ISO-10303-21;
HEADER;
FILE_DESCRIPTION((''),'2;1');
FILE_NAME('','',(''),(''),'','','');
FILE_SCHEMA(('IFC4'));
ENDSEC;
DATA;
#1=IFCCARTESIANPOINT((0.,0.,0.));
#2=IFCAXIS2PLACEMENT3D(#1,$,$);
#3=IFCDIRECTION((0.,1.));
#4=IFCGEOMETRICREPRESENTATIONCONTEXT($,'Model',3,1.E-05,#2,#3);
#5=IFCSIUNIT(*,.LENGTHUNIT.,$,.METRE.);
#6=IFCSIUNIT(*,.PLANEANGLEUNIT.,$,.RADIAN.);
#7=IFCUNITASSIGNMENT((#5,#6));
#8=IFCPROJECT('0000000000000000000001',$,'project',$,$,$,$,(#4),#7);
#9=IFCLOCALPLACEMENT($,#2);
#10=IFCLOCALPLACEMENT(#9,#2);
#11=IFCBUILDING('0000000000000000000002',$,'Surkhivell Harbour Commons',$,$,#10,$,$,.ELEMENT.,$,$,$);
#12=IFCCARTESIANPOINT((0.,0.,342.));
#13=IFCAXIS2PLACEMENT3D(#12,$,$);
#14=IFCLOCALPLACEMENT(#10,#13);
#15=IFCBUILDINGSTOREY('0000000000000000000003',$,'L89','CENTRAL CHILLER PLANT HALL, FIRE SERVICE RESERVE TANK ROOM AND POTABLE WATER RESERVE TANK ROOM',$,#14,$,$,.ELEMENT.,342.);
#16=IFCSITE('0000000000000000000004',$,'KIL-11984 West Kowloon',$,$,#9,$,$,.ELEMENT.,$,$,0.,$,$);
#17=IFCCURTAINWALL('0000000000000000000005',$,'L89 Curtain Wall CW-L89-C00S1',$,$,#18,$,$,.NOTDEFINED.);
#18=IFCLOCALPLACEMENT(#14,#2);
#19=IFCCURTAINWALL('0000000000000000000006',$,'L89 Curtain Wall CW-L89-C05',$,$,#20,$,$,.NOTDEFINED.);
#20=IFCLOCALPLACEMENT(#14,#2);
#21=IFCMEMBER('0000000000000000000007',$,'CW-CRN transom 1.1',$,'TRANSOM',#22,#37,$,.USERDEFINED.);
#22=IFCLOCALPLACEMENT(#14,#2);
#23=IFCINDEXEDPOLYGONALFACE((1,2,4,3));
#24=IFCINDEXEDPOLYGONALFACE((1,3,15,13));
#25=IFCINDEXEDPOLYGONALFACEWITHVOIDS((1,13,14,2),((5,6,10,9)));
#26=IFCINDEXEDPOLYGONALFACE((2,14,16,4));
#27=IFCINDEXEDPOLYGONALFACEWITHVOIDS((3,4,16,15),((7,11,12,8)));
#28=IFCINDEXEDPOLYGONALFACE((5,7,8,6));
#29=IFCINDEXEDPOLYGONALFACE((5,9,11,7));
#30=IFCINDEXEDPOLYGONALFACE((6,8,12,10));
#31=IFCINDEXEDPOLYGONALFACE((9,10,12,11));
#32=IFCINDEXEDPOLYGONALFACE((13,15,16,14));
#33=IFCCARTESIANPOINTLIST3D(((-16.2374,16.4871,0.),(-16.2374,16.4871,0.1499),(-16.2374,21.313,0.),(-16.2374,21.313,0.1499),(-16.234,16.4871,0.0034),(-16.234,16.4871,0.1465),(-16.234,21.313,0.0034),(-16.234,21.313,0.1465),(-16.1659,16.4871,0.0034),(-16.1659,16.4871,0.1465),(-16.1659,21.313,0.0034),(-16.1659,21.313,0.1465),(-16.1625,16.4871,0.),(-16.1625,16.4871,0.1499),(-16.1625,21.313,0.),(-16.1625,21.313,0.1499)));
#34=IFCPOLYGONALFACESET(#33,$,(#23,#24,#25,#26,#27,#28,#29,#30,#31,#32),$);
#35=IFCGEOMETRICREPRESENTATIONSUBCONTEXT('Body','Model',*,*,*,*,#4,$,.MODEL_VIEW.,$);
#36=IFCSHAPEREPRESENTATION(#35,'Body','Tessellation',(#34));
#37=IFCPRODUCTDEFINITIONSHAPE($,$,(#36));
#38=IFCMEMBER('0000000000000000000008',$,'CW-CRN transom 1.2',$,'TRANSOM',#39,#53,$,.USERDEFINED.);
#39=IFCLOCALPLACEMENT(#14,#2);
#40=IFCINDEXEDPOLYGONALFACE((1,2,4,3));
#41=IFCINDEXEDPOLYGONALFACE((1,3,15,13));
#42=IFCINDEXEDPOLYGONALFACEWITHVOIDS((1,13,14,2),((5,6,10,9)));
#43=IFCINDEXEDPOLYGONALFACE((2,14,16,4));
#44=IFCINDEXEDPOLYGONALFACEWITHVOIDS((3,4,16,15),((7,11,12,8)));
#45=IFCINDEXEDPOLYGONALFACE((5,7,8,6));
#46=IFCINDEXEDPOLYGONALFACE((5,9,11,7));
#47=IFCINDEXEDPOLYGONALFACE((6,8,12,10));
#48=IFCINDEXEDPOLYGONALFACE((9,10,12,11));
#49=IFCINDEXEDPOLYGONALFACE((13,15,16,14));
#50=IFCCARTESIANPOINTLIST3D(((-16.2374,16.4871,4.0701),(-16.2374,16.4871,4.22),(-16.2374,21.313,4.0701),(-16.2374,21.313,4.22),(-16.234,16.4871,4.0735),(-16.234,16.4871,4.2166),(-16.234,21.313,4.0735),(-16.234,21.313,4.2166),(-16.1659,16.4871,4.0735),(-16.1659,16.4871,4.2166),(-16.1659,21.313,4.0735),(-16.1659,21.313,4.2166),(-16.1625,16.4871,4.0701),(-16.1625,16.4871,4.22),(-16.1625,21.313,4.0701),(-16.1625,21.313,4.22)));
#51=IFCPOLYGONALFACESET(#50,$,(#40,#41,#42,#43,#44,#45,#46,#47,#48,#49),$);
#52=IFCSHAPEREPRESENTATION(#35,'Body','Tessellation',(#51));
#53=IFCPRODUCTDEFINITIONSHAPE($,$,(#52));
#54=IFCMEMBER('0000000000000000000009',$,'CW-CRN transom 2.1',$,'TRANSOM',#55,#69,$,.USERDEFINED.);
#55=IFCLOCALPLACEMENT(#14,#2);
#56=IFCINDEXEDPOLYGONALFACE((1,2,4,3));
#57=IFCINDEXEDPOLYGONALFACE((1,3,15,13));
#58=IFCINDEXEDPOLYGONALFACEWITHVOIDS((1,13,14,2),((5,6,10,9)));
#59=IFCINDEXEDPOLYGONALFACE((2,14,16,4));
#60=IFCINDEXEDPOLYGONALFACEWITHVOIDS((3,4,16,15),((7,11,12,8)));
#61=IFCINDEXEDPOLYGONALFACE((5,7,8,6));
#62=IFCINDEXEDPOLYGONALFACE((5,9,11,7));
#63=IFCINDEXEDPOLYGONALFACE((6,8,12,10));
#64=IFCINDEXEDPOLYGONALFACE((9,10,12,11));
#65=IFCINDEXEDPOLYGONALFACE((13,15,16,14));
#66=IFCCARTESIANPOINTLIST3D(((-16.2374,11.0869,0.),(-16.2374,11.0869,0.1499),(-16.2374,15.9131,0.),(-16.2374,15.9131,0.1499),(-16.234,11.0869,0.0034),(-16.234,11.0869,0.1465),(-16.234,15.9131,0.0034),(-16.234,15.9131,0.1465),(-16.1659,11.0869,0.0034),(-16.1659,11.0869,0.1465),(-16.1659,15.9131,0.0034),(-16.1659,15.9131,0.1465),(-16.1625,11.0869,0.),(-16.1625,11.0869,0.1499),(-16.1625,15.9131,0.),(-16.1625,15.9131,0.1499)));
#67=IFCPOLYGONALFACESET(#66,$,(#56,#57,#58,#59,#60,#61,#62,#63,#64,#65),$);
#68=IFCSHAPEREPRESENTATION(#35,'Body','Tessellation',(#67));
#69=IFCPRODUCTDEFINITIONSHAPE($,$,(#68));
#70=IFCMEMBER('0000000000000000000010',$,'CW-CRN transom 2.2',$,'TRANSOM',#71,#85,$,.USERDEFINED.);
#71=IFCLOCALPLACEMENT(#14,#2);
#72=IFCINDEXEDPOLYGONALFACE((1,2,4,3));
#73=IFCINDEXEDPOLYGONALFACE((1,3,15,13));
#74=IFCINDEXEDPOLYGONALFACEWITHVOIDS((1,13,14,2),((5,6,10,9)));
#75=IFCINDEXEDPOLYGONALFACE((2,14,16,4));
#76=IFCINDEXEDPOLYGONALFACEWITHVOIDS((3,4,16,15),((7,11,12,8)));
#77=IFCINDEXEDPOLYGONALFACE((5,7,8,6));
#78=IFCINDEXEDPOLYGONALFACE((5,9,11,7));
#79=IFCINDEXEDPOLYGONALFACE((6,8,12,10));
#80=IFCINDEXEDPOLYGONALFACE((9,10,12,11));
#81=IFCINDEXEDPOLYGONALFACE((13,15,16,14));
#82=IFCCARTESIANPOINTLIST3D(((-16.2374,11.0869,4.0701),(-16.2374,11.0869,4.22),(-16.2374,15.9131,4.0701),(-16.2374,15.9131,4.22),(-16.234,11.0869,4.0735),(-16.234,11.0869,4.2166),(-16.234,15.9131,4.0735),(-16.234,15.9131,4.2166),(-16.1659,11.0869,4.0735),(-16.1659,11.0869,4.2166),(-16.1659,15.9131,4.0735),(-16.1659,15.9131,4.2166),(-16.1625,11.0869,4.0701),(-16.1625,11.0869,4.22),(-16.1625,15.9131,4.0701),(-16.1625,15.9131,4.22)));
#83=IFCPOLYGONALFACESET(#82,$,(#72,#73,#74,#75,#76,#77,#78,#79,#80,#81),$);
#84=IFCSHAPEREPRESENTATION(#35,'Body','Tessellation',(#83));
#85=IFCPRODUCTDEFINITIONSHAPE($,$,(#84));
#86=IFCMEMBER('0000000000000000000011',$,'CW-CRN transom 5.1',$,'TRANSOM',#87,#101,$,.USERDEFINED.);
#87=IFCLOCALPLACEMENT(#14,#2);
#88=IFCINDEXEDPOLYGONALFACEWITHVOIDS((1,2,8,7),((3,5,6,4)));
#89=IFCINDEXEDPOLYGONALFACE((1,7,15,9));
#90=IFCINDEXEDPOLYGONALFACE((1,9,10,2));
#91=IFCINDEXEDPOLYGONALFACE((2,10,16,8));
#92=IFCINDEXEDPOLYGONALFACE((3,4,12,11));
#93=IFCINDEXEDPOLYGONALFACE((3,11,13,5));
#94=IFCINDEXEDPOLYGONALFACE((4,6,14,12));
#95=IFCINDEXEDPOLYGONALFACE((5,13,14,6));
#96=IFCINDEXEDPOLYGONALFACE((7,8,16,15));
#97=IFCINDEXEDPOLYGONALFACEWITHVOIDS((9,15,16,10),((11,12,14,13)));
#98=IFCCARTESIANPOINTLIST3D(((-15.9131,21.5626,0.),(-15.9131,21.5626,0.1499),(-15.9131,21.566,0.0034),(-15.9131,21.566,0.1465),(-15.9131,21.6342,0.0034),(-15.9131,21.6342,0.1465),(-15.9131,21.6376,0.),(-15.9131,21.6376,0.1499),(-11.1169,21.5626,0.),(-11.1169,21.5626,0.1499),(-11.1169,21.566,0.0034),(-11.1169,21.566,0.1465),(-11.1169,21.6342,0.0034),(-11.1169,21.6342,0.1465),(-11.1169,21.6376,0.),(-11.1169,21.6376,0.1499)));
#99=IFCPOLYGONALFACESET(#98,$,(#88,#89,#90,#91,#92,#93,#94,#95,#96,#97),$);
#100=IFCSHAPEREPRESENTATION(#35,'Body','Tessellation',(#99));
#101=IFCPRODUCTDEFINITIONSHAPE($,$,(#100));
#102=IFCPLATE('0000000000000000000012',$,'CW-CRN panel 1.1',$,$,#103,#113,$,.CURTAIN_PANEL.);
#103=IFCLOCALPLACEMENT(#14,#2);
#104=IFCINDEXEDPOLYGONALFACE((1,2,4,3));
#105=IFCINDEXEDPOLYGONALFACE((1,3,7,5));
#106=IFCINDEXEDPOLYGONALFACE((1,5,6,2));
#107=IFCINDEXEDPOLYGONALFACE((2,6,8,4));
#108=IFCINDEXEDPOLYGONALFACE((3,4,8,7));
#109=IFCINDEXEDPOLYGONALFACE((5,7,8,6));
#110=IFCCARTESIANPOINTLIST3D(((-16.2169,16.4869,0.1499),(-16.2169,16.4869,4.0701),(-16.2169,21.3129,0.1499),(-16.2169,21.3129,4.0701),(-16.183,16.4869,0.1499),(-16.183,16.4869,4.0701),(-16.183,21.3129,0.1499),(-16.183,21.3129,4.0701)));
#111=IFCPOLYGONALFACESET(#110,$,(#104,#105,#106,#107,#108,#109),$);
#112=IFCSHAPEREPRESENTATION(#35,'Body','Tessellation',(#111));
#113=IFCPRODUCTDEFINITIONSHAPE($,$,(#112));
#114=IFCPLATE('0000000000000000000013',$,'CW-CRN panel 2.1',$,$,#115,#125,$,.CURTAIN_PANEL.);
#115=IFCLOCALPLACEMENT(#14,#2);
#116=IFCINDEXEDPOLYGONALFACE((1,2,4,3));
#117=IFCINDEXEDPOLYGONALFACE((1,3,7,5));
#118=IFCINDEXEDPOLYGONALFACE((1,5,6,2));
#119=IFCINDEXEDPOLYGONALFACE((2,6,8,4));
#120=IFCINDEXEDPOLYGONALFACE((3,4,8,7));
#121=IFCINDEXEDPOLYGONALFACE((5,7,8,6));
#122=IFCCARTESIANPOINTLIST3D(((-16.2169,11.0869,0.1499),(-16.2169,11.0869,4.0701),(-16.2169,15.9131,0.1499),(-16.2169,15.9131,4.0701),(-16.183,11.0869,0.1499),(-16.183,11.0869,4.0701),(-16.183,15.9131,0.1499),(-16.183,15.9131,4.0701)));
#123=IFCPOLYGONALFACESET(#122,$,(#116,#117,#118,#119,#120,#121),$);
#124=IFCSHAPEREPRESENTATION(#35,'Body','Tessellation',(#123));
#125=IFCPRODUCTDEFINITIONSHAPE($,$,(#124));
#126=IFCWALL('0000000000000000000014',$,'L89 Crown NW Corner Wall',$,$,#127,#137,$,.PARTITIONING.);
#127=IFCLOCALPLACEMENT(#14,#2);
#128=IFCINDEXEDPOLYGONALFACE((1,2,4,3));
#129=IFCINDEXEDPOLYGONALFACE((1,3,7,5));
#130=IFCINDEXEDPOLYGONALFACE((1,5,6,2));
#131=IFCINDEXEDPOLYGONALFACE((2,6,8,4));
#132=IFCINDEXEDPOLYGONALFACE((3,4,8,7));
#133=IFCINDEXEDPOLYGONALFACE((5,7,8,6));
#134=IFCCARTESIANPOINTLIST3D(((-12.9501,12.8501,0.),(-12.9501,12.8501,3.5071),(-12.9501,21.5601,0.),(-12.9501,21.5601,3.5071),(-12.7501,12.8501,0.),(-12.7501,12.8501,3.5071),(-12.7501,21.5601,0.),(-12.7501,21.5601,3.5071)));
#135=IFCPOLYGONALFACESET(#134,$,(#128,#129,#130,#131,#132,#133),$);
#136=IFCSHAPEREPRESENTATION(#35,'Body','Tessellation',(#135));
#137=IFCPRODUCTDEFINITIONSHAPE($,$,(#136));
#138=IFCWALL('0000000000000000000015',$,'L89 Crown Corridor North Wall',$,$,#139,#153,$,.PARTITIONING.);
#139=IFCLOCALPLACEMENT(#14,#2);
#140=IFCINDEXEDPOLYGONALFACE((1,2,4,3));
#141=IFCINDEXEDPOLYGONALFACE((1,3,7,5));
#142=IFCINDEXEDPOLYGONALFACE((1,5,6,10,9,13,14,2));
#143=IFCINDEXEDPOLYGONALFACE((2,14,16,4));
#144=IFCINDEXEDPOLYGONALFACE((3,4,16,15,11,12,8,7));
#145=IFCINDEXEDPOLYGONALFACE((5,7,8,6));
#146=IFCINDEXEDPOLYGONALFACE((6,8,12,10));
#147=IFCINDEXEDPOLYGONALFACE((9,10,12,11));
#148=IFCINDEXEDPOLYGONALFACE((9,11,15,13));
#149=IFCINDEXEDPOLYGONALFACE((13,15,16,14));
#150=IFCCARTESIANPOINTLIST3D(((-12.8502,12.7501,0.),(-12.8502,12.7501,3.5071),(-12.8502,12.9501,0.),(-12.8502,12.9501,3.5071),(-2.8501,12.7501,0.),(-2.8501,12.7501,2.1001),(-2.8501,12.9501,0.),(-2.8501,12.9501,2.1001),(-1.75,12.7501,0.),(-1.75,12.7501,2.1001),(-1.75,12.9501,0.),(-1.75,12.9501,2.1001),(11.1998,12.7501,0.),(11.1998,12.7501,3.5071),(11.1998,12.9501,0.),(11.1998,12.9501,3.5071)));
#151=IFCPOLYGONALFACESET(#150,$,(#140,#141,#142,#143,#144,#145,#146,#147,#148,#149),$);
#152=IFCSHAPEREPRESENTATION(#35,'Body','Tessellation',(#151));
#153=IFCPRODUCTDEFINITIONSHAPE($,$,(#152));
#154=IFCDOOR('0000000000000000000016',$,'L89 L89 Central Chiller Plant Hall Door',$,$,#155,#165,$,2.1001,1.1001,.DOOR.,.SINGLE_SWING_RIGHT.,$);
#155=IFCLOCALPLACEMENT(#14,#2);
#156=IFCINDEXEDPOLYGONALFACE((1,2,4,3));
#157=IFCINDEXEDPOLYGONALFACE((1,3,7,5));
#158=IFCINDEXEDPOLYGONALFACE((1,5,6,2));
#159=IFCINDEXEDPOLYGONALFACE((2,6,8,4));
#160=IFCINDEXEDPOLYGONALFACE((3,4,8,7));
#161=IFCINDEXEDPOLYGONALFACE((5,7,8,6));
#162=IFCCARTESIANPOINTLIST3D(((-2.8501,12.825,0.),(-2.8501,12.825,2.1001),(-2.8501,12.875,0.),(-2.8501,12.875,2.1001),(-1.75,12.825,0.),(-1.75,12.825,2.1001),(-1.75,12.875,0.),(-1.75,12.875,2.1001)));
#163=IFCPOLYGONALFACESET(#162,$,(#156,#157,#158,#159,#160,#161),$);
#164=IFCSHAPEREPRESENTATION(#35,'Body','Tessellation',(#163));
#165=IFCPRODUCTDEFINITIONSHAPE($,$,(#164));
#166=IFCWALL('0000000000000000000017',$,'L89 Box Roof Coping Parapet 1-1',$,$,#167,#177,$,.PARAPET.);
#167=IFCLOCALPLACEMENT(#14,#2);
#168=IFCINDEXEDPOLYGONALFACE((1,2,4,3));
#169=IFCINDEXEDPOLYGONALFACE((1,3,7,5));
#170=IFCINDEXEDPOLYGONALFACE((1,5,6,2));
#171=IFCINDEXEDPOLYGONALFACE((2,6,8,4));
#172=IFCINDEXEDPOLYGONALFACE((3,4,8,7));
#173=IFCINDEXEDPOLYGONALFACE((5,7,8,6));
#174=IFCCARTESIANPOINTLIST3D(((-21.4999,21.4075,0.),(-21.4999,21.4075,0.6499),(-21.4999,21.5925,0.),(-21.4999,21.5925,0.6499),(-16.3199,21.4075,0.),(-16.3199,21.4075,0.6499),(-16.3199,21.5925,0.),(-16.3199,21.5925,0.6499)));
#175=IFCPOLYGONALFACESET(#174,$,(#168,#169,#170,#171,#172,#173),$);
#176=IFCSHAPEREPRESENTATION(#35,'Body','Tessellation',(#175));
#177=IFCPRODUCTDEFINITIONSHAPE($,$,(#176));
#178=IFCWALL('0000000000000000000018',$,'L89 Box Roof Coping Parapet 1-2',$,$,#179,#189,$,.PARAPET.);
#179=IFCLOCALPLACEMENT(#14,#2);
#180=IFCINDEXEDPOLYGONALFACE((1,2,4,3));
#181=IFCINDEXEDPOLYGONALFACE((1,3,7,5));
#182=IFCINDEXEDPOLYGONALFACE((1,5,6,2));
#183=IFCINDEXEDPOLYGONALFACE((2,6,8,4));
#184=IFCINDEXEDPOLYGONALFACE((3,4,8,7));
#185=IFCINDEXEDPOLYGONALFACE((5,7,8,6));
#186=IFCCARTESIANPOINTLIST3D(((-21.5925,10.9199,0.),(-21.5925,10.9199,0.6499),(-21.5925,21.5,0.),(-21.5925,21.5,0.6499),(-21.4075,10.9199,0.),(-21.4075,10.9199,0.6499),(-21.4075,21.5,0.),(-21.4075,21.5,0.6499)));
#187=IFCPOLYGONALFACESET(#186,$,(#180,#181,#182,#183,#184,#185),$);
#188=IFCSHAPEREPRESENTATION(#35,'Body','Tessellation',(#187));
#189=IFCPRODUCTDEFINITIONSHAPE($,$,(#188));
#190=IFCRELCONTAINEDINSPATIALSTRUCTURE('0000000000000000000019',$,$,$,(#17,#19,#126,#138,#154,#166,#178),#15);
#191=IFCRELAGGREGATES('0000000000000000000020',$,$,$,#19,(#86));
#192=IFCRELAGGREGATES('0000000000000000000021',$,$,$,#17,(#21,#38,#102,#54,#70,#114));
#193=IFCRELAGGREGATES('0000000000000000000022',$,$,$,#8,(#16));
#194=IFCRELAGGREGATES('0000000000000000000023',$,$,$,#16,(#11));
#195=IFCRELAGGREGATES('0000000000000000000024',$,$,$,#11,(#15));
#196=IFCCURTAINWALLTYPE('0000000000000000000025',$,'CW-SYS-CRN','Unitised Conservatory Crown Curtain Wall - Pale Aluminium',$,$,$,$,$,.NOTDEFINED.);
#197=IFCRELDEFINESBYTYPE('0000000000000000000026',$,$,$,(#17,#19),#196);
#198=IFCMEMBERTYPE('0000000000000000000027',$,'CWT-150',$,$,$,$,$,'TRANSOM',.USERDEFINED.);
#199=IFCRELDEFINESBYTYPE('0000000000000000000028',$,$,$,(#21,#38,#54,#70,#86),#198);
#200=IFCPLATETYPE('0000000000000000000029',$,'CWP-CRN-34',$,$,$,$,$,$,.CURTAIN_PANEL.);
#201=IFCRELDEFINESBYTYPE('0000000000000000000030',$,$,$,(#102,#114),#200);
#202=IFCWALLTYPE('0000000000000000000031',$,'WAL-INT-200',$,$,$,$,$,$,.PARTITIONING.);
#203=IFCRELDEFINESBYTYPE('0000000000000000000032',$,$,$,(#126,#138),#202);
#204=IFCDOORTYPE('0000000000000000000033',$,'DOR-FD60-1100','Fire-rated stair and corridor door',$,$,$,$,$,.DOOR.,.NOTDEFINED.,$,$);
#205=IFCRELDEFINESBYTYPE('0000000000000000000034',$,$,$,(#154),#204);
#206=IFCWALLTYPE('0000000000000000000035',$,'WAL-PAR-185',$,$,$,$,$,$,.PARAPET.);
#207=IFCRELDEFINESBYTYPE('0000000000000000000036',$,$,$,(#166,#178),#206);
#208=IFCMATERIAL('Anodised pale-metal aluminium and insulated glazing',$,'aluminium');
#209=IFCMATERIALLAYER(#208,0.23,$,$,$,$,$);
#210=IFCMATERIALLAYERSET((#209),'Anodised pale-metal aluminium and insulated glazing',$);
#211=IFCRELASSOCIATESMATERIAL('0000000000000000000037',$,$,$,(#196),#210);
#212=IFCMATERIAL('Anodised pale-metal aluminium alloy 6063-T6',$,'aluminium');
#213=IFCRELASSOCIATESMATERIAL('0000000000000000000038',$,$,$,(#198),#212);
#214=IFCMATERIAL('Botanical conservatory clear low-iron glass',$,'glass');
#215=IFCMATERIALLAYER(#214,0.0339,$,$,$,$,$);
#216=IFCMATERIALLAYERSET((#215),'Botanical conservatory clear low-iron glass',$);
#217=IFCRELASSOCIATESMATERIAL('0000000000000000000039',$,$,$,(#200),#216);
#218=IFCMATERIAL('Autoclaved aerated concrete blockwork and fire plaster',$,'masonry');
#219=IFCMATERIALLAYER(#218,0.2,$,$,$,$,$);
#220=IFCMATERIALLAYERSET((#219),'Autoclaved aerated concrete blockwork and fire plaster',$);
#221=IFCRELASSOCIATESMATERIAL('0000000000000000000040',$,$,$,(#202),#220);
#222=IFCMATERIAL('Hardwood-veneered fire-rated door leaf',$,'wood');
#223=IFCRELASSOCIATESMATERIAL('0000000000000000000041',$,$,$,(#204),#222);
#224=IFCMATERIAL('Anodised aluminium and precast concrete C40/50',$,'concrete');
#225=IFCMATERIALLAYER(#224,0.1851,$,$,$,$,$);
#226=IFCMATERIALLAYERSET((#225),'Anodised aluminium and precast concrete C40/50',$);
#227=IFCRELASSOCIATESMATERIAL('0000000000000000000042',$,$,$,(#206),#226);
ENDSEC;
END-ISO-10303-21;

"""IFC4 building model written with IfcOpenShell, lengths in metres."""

from ifc_helpers import new_model, si_unit, direction, frame, frame_2d, origin, origin_2d, place, context, subcontext, project, spatial, rectangle, hollow_rectangle, extrude, material, layer, layer_set, material_profile, profile_set, type_object, element, fill, aggregate, save


model = new_model("IFC4")

# Units and contexts
model_context = context("Model", 3, precision=1e-05, world=origin(), true_north=direction((0.0, 1.0)))
body_context = subcontext(model_context, "Body", "Model", "MODEL_VIEW")
ifc_project = project(units=[si_unit("LENGTHUNIT", "METRE"), si_unit("PLANEANGLEUNIT", "RADIAN")], contexts=[model_context])

# Site, building, storey
site_placement = place(None, origin())
site = spatial("IfcSite", under=ifc_project, at=site_placement, Name="KIL-11984 West Kowloon", CompositionType="ELEMENT", RefElevation=0.0)
building_placement = place(site_placement, origin())
building = spatial("IfcBuilding", under=site, at=building_placement, Name="Surkhivell Harbour Commons", CompositionType="ELEMENT")
storey_placement = place(building_placement, frame((0.0, 0.0, 342.0)))
storey = spatial("IfcBuildingStorey", under=building, at=storey_placement, Name="L89", Description="CENTRAL CHILLER PLANT HALL, FIRE SERVICE RESERVE TANK ROOM AND POTABLE WATER RESERVE TANK ROOM", CompositionType="ELEMENT", Elevation=342.0)

# Curtain wall
ifc_material_1 = material(Name="Anodised pale-metal aluminium and insulated glazing", Category="aluminium")
ifc_layer_1 = layer(ifc_material_1, 0.23)
ifc_layer_set_1 = layer_set([ifc_layer_1], Name="Anodised pale-metal aluminium and insulated glazing")
curtain_wall_type = type_object("IfcCurtainWallType", Name="CW-SYS-CRN", Description="Unitised Conservatory Crown Curtain Wall - Pale Aluminium", PredefinedType="NOTDEFINED", material=ifc_layer_set_1)
curtain_wall_1_placement = place(storey_placement, origin())
curtain_wall_1 = element("IfcCurtainWall", 1, at=curtain_wall_1_placement, inside=storey, type_object=curtain_wall_type, Name="L89 Curtain Wall CW-L89-C00S1", PredefinedType="NOTDEFINED")
ifc_material_2 = material(Name="Anodised pale-metal aluminium alloy 6063-T6", Category="aluminium")

# Curtain wall
curtain_wall_2_placement = place(storey_placement, origin())
curtain_wall_2 = element("IfcCurtainWall", 2, at=curtain_wall_2_placement, inside=storey, type_object=curtain_wall_type, Name="L89 Curtain Wall CW-L89-C05", PredefinedType="NOTDEFINED")

# Members
ifc_material_profile_1 = material_profile(ifc_material_2, hollow_rectangle(XDim=0.075, YDim=0.1499, WallThickness=0.0034, at=origin_2d()), Name="ALU-TRAN-75x150")
ifc_profile_set_1 = profile_set([ifc_material_profile_1], Name="Anodised pale-metal aluminium alloy 6063-T6")
member_type_1 = type_object("IfcMemberType", Name="CWT-150", ElementType="TRANSOM", PredefinedType="USERDEFINED", material=ifc_profile_set_1)
member_1_placement = place(storey_placement, frame((-16.2, 21.313, 0.075), z_axis=(0.0, -1.0, 0.0), x_axis=(1.0, 0.0, 0.0)))
member_1 = element("IfcMember", 3, at=member_1_placement, type_object=member_type_1, Name="CW-CRN transom 1.1", ObjectType="TRANSOM", PredefinedType="USERDEFINED", context=body_context, shape_type="SweptSolid", body=[
    extrude(hollow_rectangle(XDim=0.075, YDim=0.1499, WallThickness=0.0034, at=origin_2d()), origin(), (0.0, 0.0, 1.0), 4.8259),
])
member_2_placement = place(storey_placement, frame((-16.2, 21.313, 4.145), z_axis=(0.0, -1.0, 0.0), x_axis=(1.0, 0.0, 0.0)))
member_2 = element("IfcMember", 4, at=member_2_placement, type_object=member_type_1, Name="CW-CRN transom 1.2", ObjectType="TRANSOM", PredefinedType="USERDEFINED", context=body_context, shape_type="SweptSolid", body=[
    extrude(hollow_rectangle(XDim=0.075, YDim=0.1499, WallThickness=0.0034, at=origin_2d()), origin(), (0.0, 0.0, 1.0), 4.8259),
])
member_3_placement = place(storey_placement, frame((-16.2, 15.9131, 0.075), z_axis=(0.0, -1.0, 0.0), x_axis=(1.0, 0.0, 0.0)))
member_3 = element("IfcMember", 5, at=member_3_placement, type_object=member_type_1, Name="CW-CRN transom 2.1", ObjectType="TRANSOM", PredefinedType="USERDEFINED", context=body_context, shape_type="SweptSolid", body=[
    extrude(hollow_rectangle(XDim=0.075, YDim=0.1499, WallThickness=0.0034, at=origin_2d()), origin(), (0.0, 0.0, 1.0), 4.8262),
])
member_4_placement = place(storey_placement, frame((-16.2, 15.9131, 4.145), z_axis=(0.0, -1.0, 0.0), x_axis=(1.0, 0.0, 0.0)))
member_4 = element("IfcMember", 6, at=member_4_placement, type_object=member_type_1, Name="CW-CRN transom 2.2", ObjectType="TRANSOM", PredefinedType="USERDEFINED", context=body_context, shape_type="SweptSolid", body=[
    extrude(hollow_rectangle(XDim=0.075, YDim=0.1499, WallThickness=0.0034, at=origin_2d()), origin(), (0.0, 0.0, 1.0), 4.8262),
])
member_5_placement = place(storey_placement, frame((-11.1169, 21.6001, 0.075), z_axis=(-1.0, 0.0, 0.0), x_axis=(0.0, -1.0, 0.0)))
member_5 = element("IfcMember", 7, at=member_5_placement, type_object=member_type_1, Name="CW-CRN transom 5.1", ObjectType="TRANSOM", PredefinedType="USERDEFINED", context=body_context, shape_type="SweptSolid", body=[
    extrude(hollow_rectangle(XDim=0.075, YDim=0.1499, WallThickness=0.0034, at=origin_2d()), origin(), (0.0, 0.0, 1.0), 4.7961),
])
aggregate(curtain_wall_2, [member_5])

# Plates
ifc_material_3 = material(Name="Botanical conservatory clear low-iron glass", Category="glass")
ifc_layer_2 = layer(ifc_material_3, 0.0339)
ifc_layer_set_2 = layer_set([ifc_layer_2], Name="Botanical conservatory clear low-iron glass")
plate_type = type_object("IfcPlateType", Name="CWP-CRN-34", PredefinedType="CURTAIN_PANEL", material=ifc_layer_set_2)
plate_1_placement = place(storey_placement, frame((-16.2, 21.313, 0.1499), z_axis=(0.0, 0.0, 1.0), x_axis=(0.0, -1.0, 0.0)))
plate_1 = element("IfcPlate", 8, at=plate_1_placement, type_object=plate_type, Name="CW-CRN panel 1.1", PredefinedType="CURTAIN_PANEL", context=body_context, shape_type="SweptSolid", body=[
    extrude(rectangle(XDim=4.8259, YDim=0.0339, at=frame_2d((2.4131, 0.0))), origin(), (0.0, 0.0, 1.0), 3.9202),
])
plate_2_placement = place(storey_placement, frame((-16.2, 15.9131, 0.1499), z_axis=(0.0, 0.0, 1.0), x_axis=(0.0, -1.0, 0.0)))
plate_2 = element("IfcPlate", 9, at=plate_2_placement, type_object=plate_type, Name="CW-CRN panel 2.1", PredefinedType="CURTAIN_PANEL", context=body_context, shape_type="SweptSolid", body=[
    extrude(rectangle(XDim=4.8262, YDim=0.0339, at=frame_2d((2.4131, 0.0))), origin(), (0.0, 0.0, 1.0), 3.9202),
])
aggregate(curtain_wall_1, [member_1, member_2, plate_1, member_3, member_4, plate_2])

# Wall
ifc_material_4 = material(Name="Autoclaved aerated concrete blockwork and fire plaster", Category="masonry")
ifc_layer_3 = layer(ifc_material_4, 0.2)
ifc_layer_set_3 = layer_set([ifc_layer_3], Name="Autoclaved aerated concrete blockwork and fire plaster")
wall_type_1 = type_object("IfcWallType", Name="WAL-INT-200", PredefinedType="PARTITIONING", material=ifc_layer_set_3)
wall_1_placement = place(storey_placement, frame((-12.8501, 12.8501, 0.0), z_axis=(0.0, 0.0, 1.0), x_axis=(0.0, 1.0, 0.0)))
element("IfcWall", 10, at=wall_1_placement, inside=storey, type_object=wall_type_1, Name="L89 Crown NW Corner Wall", PredefinedType="PARTITIONING", context=body_context, shape_type="SweptSolid", body=[
    extrude(rectangle(XDim=8.71, YDim=0.2, at=frame_2d((4.355, 0.0))), origin(), (0.0, 0.0, 1.0), 3.5071),
])

# Wall, opening, door
wall_2_placement = place(storey_placement, frame((-12.8501, 12.8501, 0.0), z_axis=(0.0, 0.0, 1.0), x_axis=(1.0, 0.0, 0.0)))
wall_2 = element("IfcWall", 11, at=wall_2_placement, inside=storey, type_object=wall_type_1, Name="L89 Crown Corridor North Wall", PredefinedType="PARTITIONING", context=body_context, shape_type="SweptSolid", body=[
    extrude(rectangle(XDim=24.05, YDim=0.2, at=frame_2d((12.0249, 0.0))), origin(), (0.0, 0.0, 1.0), 3.5071),
])
opening_placement = place(wall_2_placement, frame((10.0, 0.0, 0.0)))
opening = element("IfcOpeningElement", 12, at=opening_placement, cuts=wall_2, PredefinedType="OPENING", context=body_context, shape_type="SweptSolid", body=[
    extrude(rectangle(XDim=1.1001, YDim=2.1001, at=frame_2d((0.55, 1.05))), frame((0.0, 0.1099, 0.0), z_axis=(0.0, -1.0, 0.0), x_axis=(1.0, 0.0, 0.0)), (0.0, 0.0, 1.0), 0.22),
])
ifc_material_5 = material(Name="Hardwood-veneered fire-rated door leaf", Category="wood")
door_type = type_object("IfcDoorType", Name="DOR-FD60-1100", Description="Fire-rated stair and corridor door", OperationType="NOTDEFINED", PredefinedType="DOOR", material=ifc_material_5)
door_placement = place(opening_placement, origin())
door = element("IfcDoor", 13, at=door_placement, inside=storey, type_object=door_type, Name="L89 L89 Central Chiller Plant Hall Door", OperationType="SINGLE_SWING_RIGHT", OverallHeight=2.1001, OverallWidth=1.1001, PredefinedType="DOOR", context=body_context, shape_type="SweptSolid", body=[
    extrude(rectangle(XDim=1.1001, YDim=2.1001, at=frame_2d((0.55, 1.05))), frame((0.0, 0.0249, 0.0), z_axis=(0.0, -1.0, 0.0), x_axis=(1.0, 0.0, 0.0)), (0.0, 0.0, 1.0), 0.05),
])
fill(opening, door)

# Walls
ifc_material_6 = material(Name="Anodised aluminium and precast concrete C40/50", Category="concrete")
ifc_layer_4 = layer(ifc_material_6, 0.1851)
ifc_layer_set_4 = layer_set([ifc_layer_4], Name="Anodised aluminium and precast concrete C40/50")
wall_type_2 = type_object("IfcWallType", Name="WAL-PAR-185", PredefinedType="PARAPET", material=ifc_layer_set_4)
wall_3_placement = place(storey_placement, frame((-16.3201, 21.5, 0.0), z_axis=(0.0, 0.0, 1.0), x_axis=(-1.0, 0.0, 0.0)))
element("IfcWall", 14, at=wall_3_placement, inside=storey, type_object=wall_type_2, Name="L89 Box Roof Coping Parapet 1-1", PredefinedType="PARAPET", context=body_context, shape_type="SweptSolid", body=[
    extrude(rectangle(XDim=5.1799, YDim=0.1851, at=frame_2d((2.5898, 0.0))), origin(), (0.0, 0.0, 1.0), 0.6499),
])
wall_4_placement = place(storey_placement, frame((-21.5, 21.5, 0.0), z_axis=(0.0, 0.0, 1.0), x_axis=(0.0, -1.0, 0.0)))
element("IfcWall", 15, at=wall_4_placement, inside=storey, type_object=wall_type_2, Name="L89 Box Roof Coping Parapet 1-2", PredefinedType="PARAPET", context=body_context, shape_type="SweptSolid", body=[
    extrude(rectangle(XDim=10.5801, YDim=0.1851, at=frame_2d((5.29, 0.0))), origin(), (0.0, 0.0, 1.0), 0.6499),
])

save(model, "model.ifc")
